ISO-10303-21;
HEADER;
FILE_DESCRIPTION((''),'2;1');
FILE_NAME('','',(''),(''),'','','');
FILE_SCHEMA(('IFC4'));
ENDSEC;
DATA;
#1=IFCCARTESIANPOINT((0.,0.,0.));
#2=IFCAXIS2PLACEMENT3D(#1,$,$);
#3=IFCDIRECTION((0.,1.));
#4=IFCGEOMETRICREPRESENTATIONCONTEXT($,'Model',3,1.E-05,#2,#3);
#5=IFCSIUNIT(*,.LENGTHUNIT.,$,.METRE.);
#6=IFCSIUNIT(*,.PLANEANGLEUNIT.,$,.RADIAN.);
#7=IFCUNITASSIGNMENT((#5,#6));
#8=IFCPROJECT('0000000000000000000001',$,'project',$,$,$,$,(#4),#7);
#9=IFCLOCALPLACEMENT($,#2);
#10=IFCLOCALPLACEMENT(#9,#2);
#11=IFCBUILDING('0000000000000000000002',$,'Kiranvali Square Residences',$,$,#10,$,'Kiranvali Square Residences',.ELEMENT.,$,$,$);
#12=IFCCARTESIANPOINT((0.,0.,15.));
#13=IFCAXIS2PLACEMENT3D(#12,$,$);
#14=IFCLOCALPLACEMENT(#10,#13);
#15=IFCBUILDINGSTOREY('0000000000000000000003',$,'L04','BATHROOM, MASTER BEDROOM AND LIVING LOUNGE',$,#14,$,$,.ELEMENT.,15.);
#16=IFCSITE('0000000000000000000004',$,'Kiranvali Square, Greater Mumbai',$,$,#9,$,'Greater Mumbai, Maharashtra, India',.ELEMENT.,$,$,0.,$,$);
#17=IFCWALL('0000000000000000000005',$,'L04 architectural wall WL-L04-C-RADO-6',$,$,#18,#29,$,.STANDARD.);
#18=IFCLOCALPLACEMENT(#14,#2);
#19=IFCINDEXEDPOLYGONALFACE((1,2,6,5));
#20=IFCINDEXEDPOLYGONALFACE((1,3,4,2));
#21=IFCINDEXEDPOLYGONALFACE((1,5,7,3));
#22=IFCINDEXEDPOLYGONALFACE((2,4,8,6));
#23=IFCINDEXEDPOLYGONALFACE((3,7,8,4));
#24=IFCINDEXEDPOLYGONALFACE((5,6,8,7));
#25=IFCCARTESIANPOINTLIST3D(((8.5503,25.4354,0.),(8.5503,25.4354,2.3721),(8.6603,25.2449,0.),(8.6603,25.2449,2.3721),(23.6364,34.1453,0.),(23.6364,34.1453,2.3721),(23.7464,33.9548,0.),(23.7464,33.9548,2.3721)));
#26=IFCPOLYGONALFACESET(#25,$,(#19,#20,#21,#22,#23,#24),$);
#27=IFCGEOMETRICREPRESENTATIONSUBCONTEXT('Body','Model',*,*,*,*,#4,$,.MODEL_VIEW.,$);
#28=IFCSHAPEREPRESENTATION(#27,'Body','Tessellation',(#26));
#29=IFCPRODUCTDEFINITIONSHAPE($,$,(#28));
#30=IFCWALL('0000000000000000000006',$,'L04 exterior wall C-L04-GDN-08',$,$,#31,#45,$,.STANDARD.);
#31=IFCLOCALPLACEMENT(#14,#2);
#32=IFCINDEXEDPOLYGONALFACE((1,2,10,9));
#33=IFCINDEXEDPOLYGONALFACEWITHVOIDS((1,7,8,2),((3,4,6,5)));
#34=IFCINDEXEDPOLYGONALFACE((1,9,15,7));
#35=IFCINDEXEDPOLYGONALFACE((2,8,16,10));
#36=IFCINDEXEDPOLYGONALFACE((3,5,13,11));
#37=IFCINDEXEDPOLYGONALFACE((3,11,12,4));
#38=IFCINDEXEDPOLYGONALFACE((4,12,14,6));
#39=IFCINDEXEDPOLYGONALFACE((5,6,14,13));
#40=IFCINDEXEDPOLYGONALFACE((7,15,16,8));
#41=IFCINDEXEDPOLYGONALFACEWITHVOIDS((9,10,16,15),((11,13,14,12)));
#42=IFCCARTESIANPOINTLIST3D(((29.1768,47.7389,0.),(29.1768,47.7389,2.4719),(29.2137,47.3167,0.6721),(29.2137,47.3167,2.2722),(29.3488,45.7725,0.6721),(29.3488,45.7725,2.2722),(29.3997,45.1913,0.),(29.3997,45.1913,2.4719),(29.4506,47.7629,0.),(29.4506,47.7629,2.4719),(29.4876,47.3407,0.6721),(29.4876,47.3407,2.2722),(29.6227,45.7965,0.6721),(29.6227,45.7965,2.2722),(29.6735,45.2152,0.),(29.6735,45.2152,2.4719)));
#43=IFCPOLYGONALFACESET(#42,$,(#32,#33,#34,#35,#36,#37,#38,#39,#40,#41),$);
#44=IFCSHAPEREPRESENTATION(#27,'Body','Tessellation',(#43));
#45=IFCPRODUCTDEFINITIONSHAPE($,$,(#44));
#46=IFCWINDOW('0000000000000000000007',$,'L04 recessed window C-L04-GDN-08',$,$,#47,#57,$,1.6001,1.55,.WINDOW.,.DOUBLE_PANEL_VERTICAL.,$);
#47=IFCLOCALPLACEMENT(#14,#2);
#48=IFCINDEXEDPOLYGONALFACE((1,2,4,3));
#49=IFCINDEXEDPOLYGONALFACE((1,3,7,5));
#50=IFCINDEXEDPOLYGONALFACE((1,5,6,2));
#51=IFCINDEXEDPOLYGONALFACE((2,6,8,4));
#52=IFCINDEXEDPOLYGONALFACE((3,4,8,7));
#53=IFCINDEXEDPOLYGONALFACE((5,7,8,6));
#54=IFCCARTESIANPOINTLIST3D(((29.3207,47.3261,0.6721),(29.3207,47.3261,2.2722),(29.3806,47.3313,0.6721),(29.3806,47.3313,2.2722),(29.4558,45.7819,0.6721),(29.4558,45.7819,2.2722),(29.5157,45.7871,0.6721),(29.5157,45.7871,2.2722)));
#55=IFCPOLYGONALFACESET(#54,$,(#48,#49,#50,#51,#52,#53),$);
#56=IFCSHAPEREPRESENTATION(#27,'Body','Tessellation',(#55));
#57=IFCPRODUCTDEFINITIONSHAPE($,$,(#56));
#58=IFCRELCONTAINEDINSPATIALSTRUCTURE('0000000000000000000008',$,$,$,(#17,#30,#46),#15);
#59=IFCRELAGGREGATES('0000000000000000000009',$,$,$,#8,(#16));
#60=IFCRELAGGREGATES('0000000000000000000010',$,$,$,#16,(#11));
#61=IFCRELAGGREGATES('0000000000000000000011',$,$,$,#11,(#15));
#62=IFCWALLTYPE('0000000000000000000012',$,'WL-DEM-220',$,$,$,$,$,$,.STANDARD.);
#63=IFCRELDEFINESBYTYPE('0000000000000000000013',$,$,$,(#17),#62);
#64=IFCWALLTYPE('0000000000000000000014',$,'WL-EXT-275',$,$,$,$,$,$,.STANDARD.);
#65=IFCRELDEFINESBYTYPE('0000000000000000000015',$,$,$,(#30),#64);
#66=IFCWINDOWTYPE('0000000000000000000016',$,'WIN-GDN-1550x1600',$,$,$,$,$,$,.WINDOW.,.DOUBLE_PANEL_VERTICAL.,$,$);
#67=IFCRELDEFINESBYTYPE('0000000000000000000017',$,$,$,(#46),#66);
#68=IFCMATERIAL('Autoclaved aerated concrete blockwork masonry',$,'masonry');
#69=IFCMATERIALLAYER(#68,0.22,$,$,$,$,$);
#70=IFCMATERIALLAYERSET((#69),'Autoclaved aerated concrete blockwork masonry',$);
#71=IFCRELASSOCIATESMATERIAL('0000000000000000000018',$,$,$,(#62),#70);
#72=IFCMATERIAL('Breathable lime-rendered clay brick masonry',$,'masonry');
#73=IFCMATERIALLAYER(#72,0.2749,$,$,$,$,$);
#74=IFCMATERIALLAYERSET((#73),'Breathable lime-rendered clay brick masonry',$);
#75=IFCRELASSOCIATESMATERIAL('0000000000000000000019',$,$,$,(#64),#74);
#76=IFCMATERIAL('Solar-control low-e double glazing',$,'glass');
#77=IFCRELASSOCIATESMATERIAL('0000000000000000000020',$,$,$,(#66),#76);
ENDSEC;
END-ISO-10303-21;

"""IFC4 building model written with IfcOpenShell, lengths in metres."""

from ifc_helpers import new_model, si_unit, direction, frame, frame_2d, origin, place, context, subcontext, project, spatial, rectangle, extrude, material, layer, layer_set, type_object, element, fill, save


model = new_model("IFC4")

# Units and contexts
model_context = context("Model", 3, precision=1e-05, world=origin(), true_north=direction((0.0, 1.0)))
body_context = subcontext(model_context, "Body", "Model", "MODEL_VIEW")
ifc_project = project(units=[si_unit("LENGTHUNIT", "METRE"), si_unit("PLANEANGLEUNIT", "RADIAN")], contexts=[model_context])

# Site, building, storey
site_placement = place(None, origin())
site = spatial("IfcSite", under=ifc_project, at=site_placement, Name="Kiranvali Square, Greater Mumbai", LongName="Greater Mumbai, Maharashtra, India", CompositionType="ELEMENT", RefElevation=0.0)
building_placement = place(site_placement, origin())
building = spatial("IfcBuilding", under=site, at=building_placement, Name="Kiranvali Square Residences", LongName="Kiranvali Square Residences", CompositionType="ELEMENT")
storey_placement = place(building_placement, frame((0.0, 0.0, 15.0)))
storey = spatial("IfcBuildingStorey", under=building, at=storey_placement, Name="L04", Description="BATHROOM, MASTER BEDROOM AND LIVING LOUNGE", CompositionType="ELEMENT", Elevation=15.0)

# Shared definitions
ifc_material_1 = material(Name="Autoclaved aerated concrete blockwork masonry", Category="masonry")

# Wall
ifc_layer_1 = layer(ifc_material_1, 0.22)
ifc_layer_set_1 = layer_set([ifc_layer_1], Name="Autoclaved aerated concrete blockwork masonry")
wall_type_1 = type_object("IfcWallType", Name="WL-DEM-220", PredefinedType="STANDARD", material=ifc_layer_set_1)
wall_1_placement = place(storey_placement, frame((23.6914, 34.05, 0.0), z_axis=(0.0, 0.0, 1.0), x_axis=(-0.866027, -0.499998, 0.0)))
element("IfcWall", 1, at=wall_1_placement, inside=storey, type_object=wall_type_1, Name="L04 architectural wall WL-L04-C-RADO-6", PredefinedType="STANDARD", context=body_context, shape_type="SweptSolid", body=[
    extrude(rectangle(XDim=17.4199, YDim=0.22, at=frame_2d((8.71, 0.0))), origin(), (0.0, 0.0, 1.0), 2.3721),
])

# Wall, opening, window
ifc_material_2 = material(Name="Breathable lime-rendered clay brick masonry", Category="masonry")
ifc_layer_2 = layer(ifc_material_2, 0.2749)
ifc_layer_set_2 = layer_set([ifc_layer_2], Name="Breathable lime-rendered clay brick masonry")
wall_type_2 = type_object("IfcWallType", Name="WL-EXT-275", PredefinedType="STANDARD", material=ifc_layer_set_2)
wall_2_placement = place(storey_placement, frame((29.5366, 45.2031, 0.0), z_axis=(0.0, 0.0, 1.0), x_axis=(-0.087161, 0.996194, 0.0)))
wall_2 = element("IfcWall", 2, at=wall_2_placement, inside=storey, type_object=wall_type_2, Name="L04 exterior wall C-L04-GDN-08", PredefinedType="STANDARD", context=body_context, shape_type="SweptSolid", body=[
    extrude(rectangle(XDim=2.5574, YDim=0.2749, at=frame_2d((1.2788, 0.0))), origin(), (0.0, 0.0, 1.0), 2.4719),
])
opening_1_placement = place(wall_2_placement, frame((0.5837, 0.0, 0.6721)))
opening_1 = element("IfcOpeningElement", 3, at=opening_1_placement, cuts=wall_2, PredefinedType="OPENING", context=body_context, shape_type="SweptSolid", body=[
    extrude(rectangle(XDim=1.55, YDim=1.6001, at=frame_2d((0.7749, 0.8))), frame((0.0, 0.1475, 0.0), z_axis=(0.0, -1.0, 0.0), x_axis=(1.0, 0.0, 0.0)), (0.0, 0.0, 1.0), 0.2949),
])
ifc_material_3 = material(Name="Solar-control low-e double glazing", Category="glass")
window_type = type_object("IfcWindowType", Name="WIN-GDN-1550x1600", PartitioningType="DOUBLE_PANEL_VERTICAL", PredefinedType="WINDOW", material=ifc_material_3)
window_placement = place(opening_1_placement, origin())
window = element("IfcWindow", 4, at=window_placement, inside=storey, type_object=window_type, Name="L04 recessed window C-L04-GDN-08", OverallHeight=1.6001, OverallWidth=1.55, PartitioningType="DOUBLE_PANEL_VERTICAL", PredefinedType="WINDOW", context=body_context, shape_type="SweptSolid", body=[
    extrude(rectangle(XDim=1.55, YDim=1.6001, at=frame_2d((0.7749, 0.8))), frame((0.0, 0.03, 0.0), z_axis=(0.0, -1.0, 0.0), x_axis=(1.0, 0.0, 0.0)), (0.0, 0.0, 1.0), 0.0601),
])
fill(opening_1, window)

save(model, "model.ifc")
